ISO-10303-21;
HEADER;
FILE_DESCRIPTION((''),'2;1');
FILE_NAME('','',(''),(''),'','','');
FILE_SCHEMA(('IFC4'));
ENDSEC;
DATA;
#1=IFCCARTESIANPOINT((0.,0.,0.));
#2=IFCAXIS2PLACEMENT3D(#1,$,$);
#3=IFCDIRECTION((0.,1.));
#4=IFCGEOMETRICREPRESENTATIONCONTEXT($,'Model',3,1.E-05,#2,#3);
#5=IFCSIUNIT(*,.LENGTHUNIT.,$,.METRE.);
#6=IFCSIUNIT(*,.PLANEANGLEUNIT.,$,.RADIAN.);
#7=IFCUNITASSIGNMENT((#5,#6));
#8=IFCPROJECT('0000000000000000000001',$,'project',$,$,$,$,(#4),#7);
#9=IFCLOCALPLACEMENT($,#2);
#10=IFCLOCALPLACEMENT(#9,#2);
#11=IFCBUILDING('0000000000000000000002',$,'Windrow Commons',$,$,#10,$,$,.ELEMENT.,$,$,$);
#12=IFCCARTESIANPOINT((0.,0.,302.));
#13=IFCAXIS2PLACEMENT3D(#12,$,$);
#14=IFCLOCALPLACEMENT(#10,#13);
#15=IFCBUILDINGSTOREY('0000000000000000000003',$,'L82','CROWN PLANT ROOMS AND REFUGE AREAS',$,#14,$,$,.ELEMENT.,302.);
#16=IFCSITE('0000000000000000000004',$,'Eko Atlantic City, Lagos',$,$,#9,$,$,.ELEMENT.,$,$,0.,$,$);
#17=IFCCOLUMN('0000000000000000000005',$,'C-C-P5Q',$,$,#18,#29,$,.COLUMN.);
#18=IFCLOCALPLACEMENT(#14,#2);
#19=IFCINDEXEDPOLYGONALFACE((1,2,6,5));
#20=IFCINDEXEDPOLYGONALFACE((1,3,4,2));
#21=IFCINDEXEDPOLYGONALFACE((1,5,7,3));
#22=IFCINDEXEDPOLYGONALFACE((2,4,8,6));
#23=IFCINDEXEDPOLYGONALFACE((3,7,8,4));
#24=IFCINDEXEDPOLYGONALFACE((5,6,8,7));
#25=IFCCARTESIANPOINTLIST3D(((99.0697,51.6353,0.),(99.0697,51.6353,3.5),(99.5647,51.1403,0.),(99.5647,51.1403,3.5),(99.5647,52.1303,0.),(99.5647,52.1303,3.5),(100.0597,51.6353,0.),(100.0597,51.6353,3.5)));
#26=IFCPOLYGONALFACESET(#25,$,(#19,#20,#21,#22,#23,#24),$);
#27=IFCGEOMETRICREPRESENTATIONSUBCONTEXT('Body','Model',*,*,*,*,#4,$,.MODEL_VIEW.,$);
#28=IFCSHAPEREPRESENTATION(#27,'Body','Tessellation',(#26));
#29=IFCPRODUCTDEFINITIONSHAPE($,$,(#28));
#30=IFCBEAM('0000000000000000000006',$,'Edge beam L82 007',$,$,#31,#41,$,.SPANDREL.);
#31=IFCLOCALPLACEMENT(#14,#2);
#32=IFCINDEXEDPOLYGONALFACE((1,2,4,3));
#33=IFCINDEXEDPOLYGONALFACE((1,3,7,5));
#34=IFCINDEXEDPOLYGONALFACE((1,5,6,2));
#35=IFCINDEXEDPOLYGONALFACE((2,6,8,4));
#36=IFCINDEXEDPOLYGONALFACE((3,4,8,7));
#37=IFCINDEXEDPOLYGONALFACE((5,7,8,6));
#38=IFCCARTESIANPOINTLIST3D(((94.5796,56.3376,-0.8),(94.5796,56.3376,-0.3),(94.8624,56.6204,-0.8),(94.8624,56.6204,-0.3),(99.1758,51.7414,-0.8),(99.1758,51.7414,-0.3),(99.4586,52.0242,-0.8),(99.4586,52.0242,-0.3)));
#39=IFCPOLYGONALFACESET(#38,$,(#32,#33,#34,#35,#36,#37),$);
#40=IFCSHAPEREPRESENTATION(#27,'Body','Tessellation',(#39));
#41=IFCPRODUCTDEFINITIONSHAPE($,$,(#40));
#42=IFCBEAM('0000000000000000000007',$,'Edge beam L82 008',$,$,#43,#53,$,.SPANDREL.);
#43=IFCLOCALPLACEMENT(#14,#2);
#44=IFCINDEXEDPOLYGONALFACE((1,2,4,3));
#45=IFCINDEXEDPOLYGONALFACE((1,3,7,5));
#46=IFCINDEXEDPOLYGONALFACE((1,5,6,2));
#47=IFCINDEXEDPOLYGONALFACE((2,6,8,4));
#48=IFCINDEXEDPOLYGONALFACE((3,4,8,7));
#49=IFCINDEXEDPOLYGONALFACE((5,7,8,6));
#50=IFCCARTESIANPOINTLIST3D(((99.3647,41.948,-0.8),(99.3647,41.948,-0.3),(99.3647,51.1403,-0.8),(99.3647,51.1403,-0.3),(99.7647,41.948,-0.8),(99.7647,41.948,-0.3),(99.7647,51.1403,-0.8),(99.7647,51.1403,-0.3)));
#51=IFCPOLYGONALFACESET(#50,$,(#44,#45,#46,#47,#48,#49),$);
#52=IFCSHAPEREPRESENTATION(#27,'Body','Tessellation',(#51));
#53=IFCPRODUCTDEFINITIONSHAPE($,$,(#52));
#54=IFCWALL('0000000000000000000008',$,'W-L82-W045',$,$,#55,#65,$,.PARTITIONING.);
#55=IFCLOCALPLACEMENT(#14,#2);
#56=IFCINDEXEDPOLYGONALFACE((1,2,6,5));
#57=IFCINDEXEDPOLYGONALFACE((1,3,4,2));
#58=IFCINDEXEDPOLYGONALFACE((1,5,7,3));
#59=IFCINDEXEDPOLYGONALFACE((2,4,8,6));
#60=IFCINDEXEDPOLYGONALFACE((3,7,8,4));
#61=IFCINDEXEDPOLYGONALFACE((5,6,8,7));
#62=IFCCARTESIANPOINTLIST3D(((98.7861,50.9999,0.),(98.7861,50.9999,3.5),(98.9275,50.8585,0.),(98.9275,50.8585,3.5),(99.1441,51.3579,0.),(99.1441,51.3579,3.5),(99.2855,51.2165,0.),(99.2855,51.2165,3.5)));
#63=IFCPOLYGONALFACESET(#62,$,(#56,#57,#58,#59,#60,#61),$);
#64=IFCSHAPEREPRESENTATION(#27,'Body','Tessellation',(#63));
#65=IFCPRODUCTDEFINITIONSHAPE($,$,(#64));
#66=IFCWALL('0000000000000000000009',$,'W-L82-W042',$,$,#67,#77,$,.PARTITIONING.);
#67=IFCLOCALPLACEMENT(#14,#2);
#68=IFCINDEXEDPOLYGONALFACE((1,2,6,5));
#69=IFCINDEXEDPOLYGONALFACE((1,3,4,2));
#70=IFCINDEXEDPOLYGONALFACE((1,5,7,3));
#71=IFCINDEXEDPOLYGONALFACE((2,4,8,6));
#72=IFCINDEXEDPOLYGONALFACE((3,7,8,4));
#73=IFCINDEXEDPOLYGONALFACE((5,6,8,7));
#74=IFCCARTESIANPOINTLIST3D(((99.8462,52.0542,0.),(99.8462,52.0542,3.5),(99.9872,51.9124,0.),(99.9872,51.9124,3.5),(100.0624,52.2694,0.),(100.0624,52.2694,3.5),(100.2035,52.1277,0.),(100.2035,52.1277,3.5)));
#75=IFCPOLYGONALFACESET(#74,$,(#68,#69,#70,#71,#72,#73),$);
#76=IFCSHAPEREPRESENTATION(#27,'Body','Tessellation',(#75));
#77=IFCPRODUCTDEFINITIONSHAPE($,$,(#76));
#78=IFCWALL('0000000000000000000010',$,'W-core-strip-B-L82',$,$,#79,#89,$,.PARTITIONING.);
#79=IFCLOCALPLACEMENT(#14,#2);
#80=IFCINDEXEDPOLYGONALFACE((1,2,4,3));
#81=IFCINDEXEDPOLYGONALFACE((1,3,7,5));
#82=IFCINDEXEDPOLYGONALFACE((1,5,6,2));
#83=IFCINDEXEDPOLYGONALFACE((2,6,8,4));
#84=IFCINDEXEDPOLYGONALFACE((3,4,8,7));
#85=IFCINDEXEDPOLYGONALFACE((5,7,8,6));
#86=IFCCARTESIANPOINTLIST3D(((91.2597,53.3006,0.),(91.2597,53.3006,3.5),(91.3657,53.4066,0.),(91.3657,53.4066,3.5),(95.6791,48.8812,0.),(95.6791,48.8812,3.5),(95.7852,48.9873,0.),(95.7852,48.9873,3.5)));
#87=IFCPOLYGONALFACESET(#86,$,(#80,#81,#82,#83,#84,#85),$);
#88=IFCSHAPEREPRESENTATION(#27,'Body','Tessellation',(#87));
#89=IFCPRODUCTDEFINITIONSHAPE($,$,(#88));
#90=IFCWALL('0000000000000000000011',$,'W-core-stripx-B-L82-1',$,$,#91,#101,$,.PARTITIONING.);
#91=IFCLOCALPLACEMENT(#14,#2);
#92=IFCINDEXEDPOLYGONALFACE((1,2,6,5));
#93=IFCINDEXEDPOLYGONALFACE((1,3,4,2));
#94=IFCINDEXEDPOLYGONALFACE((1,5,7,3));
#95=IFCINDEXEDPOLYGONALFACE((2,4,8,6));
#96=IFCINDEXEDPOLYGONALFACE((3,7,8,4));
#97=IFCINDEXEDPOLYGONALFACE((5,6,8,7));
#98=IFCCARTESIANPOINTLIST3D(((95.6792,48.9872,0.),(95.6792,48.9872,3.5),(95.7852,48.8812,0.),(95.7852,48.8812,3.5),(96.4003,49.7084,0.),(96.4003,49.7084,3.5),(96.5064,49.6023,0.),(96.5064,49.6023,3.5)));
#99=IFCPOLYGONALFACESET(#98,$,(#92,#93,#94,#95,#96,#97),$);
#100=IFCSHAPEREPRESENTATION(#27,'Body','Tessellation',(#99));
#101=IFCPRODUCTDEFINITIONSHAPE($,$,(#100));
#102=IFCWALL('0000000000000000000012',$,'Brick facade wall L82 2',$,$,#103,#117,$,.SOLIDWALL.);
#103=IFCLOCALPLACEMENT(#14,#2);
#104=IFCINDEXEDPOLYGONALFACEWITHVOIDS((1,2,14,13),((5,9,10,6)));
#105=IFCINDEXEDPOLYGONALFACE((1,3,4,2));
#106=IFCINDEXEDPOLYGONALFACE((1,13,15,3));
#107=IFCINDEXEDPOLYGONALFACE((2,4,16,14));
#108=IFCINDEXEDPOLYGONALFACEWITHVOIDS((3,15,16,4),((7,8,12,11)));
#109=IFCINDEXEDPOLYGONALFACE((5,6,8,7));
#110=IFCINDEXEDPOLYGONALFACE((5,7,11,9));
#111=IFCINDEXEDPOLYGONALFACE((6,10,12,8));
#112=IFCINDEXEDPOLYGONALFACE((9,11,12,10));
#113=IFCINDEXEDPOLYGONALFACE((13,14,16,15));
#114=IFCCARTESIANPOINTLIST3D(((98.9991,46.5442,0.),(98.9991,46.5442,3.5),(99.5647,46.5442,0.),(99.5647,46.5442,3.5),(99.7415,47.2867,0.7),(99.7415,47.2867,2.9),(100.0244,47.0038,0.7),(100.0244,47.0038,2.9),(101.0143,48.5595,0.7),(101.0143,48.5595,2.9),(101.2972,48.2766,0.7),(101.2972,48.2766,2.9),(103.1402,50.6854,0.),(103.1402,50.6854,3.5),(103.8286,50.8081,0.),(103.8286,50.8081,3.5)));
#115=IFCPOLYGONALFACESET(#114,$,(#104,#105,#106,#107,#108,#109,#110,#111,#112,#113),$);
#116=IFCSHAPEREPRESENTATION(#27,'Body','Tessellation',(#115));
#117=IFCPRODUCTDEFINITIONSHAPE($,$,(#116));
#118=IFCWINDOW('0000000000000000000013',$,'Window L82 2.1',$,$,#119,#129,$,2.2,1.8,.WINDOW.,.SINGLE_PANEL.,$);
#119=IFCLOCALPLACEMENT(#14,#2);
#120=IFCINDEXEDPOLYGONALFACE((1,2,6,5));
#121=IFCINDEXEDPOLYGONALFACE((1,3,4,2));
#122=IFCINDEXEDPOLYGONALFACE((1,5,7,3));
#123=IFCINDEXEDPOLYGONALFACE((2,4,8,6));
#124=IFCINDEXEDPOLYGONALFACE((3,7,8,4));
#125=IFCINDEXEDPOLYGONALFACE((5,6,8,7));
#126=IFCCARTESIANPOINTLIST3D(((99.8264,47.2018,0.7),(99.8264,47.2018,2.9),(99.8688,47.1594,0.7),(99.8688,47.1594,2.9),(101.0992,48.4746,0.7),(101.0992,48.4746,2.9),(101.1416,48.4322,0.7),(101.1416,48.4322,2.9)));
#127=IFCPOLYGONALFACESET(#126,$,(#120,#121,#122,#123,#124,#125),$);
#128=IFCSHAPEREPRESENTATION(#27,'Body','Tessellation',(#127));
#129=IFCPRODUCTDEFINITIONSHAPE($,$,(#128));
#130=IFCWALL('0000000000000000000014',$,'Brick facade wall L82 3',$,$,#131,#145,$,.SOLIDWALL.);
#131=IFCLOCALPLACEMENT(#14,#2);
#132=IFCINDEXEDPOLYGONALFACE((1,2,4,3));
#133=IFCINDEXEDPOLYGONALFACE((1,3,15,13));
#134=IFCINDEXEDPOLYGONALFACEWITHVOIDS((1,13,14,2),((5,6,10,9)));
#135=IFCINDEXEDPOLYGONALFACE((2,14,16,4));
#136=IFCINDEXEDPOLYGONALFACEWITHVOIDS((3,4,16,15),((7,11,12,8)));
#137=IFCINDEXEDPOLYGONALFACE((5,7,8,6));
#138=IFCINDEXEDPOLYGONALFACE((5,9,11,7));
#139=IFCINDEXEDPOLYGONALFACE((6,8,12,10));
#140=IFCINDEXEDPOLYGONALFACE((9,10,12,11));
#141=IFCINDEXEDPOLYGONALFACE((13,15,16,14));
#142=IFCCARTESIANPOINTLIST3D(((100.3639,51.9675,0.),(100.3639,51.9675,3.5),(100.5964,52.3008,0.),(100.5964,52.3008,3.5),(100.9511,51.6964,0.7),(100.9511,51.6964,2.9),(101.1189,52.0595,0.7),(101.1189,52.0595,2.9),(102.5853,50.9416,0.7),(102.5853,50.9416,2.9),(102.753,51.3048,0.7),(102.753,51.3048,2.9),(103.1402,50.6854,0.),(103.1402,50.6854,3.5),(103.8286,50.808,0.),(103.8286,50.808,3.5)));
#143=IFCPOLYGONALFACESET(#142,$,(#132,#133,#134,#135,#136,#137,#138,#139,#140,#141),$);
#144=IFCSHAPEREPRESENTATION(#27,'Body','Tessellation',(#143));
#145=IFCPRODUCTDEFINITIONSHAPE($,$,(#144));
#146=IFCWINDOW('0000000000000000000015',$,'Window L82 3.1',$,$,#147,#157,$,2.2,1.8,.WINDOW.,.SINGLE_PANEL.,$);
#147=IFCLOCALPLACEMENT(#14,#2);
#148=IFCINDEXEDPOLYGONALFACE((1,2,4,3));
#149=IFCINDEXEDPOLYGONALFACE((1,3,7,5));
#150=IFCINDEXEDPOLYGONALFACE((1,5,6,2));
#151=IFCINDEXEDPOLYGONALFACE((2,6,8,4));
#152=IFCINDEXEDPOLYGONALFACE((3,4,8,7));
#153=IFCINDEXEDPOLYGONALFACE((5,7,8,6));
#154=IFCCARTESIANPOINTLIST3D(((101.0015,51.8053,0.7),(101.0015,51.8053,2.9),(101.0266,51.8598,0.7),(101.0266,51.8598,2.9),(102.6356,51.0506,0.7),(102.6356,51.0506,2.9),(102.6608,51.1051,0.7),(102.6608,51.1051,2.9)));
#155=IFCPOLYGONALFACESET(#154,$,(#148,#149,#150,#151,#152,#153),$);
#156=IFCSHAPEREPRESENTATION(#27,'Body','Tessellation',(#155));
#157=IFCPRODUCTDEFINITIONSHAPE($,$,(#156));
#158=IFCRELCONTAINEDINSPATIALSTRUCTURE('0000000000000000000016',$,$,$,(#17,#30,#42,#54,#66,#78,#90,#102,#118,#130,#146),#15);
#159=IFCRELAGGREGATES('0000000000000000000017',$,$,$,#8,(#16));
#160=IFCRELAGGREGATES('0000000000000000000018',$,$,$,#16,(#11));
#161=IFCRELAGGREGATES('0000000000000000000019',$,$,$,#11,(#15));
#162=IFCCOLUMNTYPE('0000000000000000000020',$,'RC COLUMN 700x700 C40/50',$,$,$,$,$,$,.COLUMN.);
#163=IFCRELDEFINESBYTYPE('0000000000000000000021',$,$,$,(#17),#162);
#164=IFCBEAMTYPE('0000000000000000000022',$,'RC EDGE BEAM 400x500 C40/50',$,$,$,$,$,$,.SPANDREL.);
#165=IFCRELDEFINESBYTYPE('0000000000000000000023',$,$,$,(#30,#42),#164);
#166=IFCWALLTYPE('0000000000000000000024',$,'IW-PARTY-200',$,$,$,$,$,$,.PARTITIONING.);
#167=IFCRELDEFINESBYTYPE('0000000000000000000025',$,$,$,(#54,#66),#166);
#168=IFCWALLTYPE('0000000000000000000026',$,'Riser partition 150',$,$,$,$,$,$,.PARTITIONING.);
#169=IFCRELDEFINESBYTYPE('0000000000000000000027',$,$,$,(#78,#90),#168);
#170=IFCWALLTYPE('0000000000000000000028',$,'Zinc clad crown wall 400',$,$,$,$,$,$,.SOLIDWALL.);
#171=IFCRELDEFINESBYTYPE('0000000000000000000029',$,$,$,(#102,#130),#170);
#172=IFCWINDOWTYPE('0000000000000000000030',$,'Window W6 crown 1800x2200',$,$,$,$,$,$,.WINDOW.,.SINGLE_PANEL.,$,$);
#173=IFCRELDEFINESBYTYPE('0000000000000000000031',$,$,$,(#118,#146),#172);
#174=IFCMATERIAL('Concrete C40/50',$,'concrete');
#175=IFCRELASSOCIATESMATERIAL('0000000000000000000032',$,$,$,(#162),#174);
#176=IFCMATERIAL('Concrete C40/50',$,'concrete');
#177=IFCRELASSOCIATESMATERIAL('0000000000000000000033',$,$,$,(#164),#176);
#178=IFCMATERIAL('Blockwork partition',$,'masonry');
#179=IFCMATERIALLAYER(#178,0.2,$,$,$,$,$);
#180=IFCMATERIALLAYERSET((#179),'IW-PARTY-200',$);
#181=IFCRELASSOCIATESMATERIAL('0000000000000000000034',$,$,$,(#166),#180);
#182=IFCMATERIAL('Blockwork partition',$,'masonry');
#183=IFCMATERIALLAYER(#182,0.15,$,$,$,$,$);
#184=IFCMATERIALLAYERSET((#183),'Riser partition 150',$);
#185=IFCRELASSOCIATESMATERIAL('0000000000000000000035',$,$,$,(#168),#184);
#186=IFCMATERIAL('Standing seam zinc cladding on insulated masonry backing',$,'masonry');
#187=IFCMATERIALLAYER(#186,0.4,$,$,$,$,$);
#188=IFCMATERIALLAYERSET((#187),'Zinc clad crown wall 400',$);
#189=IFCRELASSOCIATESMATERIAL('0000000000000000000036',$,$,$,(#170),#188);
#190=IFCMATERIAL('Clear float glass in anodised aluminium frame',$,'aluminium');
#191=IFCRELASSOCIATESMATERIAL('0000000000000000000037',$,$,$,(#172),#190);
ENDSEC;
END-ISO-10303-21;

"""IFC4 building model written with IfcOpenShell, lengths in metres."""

from ifc_helpers import new_model, si_unit, direction, frame, frame_2d, origin, origin_2d, place, context, subcontext, project, spatial, polyline, rectangle, outline, extrude, material, layer, layer_set, material_profile, profile_set, type_object, element, fill, save


model = new_model("IFC4")

# Units and contexts
model_context = context("Model", 3, precision=1e-05, world=origin(), true_north=direction((0.0, 1.0)))
body_context = subcontext(model_context, "Body", "Model", "MODEL_VIEW")
ifc_project = project(units=[si_unit("LENGTHUNIT", "METRE"), si_unit("PLANEANGLEUNIT", "RADIAN")], contexts=[model_context])

# Site, building, storey
site_placement = place(None, origin())
site = spatial("IfcSite", under=ifc_project, at=site_placement, Name="Eko Atlantic City, Lagos", CompositionType="ELEMENT", RefElevation=0.0)
building_placement = place(site_placement, origin())
building = spatial("IfcBuilding", under=site, at=building_placement, Name="Windrow Commons", CompositionType="ELEMENT")
storey_placement = place(building_placement, frame((0.0, 0.0, 302.0)))
storey = spatial("IfcBuildingStorey", under=building, at=storey_placement, Name="L82", Description="CROWN PLANT ROOMS AND REFUGE AREAS", CompositionType="ELEMENT", Elevation=302.0)

# Column
ifc_material_1 = material(Name="Concrete C40/50", Category="concrete")
ifc_material_profile_1 = material_profile(ifc_material_1, rectangle(XDim=0.7, YDim=0.7, at=origin_2d()))
ifc_profile_set_1 = profile_set([ifc_material_profile_1], Name="Concrete C40/50")
column_type = type_object("IfcColumnType", Name="RC COLUMN 700x700 C40/50", PredefinedType="COLUMN", material=ifc_profile_set_1)
column_placement = place(storey_placement, frame((99.5647, 51.6353, 0.0), z_axis=(0.0, 0.0, 1.0), x_axis=(0.707107, -0.707107, 0.0)))
element("IfcColumn", 1, at=column_placement, inside=storey, type_object=column_type, Name="C-C-P5Q", PredefinedType="COLUMN", context=body_context, shape_type="SweptSolid", body=[
    extrude(rectangle(XDim=0.7, YDim=0.7, at=origin_2d()), origin(), (0.0, 0.0, 1.0), 3.5),
])

# Beams
ifc_material_2 = material(Name="Concrete C40/50", Category="concrete")
ifc_material_profile_2 = material_profile(ifc_material_2, rectangle(XDim=0.4, YDim=0.5, at=origin_2d()))
ifc_profile_set_2 = profile_set([ifc_material_profile_2], Name="Concrete C40/50")
beam_type = type_object("IfcBeamType", Name="RC EDGE BEAM 400x500 C40/50", PredefinedType="SPANDREL", material=ifc_profile_set_2)
beam_1_placement = place(storey_placement, frame((94.721, 56.479, -0.55), z_axis=(0.707107, -0.707107, 0.0), x_axis=(0.707107, 0.707107, 0.0)))
element("IfcBeam", 2, at=beam_1_placement, inside=storey, type_object=beam_type, Name="Edge beam L82 007", PredefinedType="SPANDREL", context=body_context, shape_type="SweptSolid", body=[
    extrude(rectangle(XDim=0.4, YDim=0.5, at=origin_2d()), origin(), (0.0, 0.0, 1.0), 6.5),
])
beam_2_placement = place(storey_placement, frame((99.5647, 51.1403, -0.55), z_axis=(0.0, -1.0, 0.0), x_axis=(1.0, 0.0, 0.0)))
element("IfcBeam", 3, at=beam_2_placement, inside=storey, type_object=beam_type, Name="Edge beam L82 008", PredefinedType="SPANDREL", context=body_context, shape_type="SweptSolid", body=[
    extrude(rectangle(XDim=0.4, YDim=0.5, at=origin_2d()), origin(), (0.0, 0.0, 1.0), 9.1923),
])

# Walls
ifc_material_3 = material(Name="Blockwork partition", Category="masonry")
ifc_layer_1 = layer(ifc_material_3, 0.2)
ifc_layer_set_1 = layer_set([ifc_layer_1], Name="IW-PARTY-200")
wall_type_1 = type_object("IfcWallType", Name="IW-PARTY-200", PredefinedType="PARTITIONING", material=ifc_layer_set_1)
wall_1_placement = place(storey_placement, frame((98.8568, 50.9292, 0.0), z_axis=(0.0, 0.0, 1.0), x_axis=(0.707107, 0.707107, 0.0)))
element("IfcWall", 4, at=wall_1_placement, inside=storey, type_object=wall_type_1, Name="W-L82-W045", PredefinedType="PARTITIONING", context=body_context, shape_type="SweptSolid", body=[
    extrude(rectangle(XDim=0.5063, YDim=0.2, at=frame_2d((0.2531, 0.0))), origin(), (0.0, 0.0, 1.0), 3.5),
])
wall_2_placement = place(storey_placement, frame((99.9167, 51.9833, 0.0), z_axis=(0.0, 0.0, 1.0), x_axis=(0.708744, 0.705466, 0.0)))
element("IfcWall", 5, at=wall_2_placement, inside=storey, type_object=wall_type_1, Name="W-L82-W042", PredefinedType="PARTITIONING", context=body_context, shape_type="SweptSolid", body=[
    extrude(outline(polyline([(0.0, -0.1), (0.3051, -0.1), (0.3051, 0.1), (0.0, 0.1), (0.0, -0.1)])), origin(), (0.0, 0.0, 1.0), 3.5),
])
ifc_material_4 = material(Name="Blockwork partition", Category="masonry")
ifc_layer_2 = layer(ifc_material_4, 0.15)
ifc_layer_set_2 = layer_set([ifc_layer_2], Name="Riser partition 150")
wall_type_2 = type_object("IfcWallType", Name="Riser partition 150", PredefinedType="PARTITIONING", material=ifc_layer_set_2)
wall_3_placement = place(storey_placement, frame((91.3127, 53.3536, 0.0), z_axis=(0.0, 0.0, 1.0), x_axis=(0.707115, -0.707099, 0.0)))
element("IfcWall", 6, at=wall_3_placement, inside=storey, type_object=wall_type_2, Name="W-core-strip-B-L82", PredefinedType="PARTITIONING", context=body_context, shape_type="SweptSolid", body=[
    extrude(outline(polyline([(0.0, 0.0), (6.25, 0.0), (6.25, 3.5), (0.0, 3.5), (0.0, 0.0)])), frame((0.0, 0.075, 0.0), z_axis=(0.0, -1.0, 0.0), x_axis=(1.0, 0.0, 0.0)), (0.0, 0.0, 1.0), 0.15),
])
wall_4_placement = place(storey_placement, frame((95.7322, 48.9342, 0.0), z_axis=(0.0, 0.0, 1.0), x_axis=(0.707107, 0.707107, 0.0)))
element("IfcWall", 7, at=wall_4_placement, inside=storey, type_object=wall_type_2, Name="W-core-stripx-B-L82-1", PredefinedType="PARTITIONING", context=body_context, shape_type="SweptSolid", body=[
    extrude(outline(polyline([(0.0, 0.0), (1.0199, 0.0), (1.0199, 3.5), (0.0, 3.5), (0.0, 0.0)])), frame((0.0, 0.075, 0.0), z_axis=(0.0, -1.0, 0.0), x_axis=(1.0, 0.0, 0.0)), (0.0, 0.0, 1.0), 0.15),
])

# Walls, openings, windows
ifc_material_5 = material(Name="Standing seam zinc cladding on insulated masonry backing", Category="masonry")
ifc_layer_3 = layer(ifc_material_5, 0.4)
ifc_layer_set_3 = layer_set([ifc_layer_3], Name="Zinc clad crown wall 400")
wall_type_3 = type_object("IfcWallType", Name="Zinc clad crown wall 400", PredefinedType="SOLIDWALL", material=ifc_layer_set_3)
wall_5_placement = place(storey_placement, frame((99.2819, 46.5442, 0.0), z_axis=(0.0, 0.0, 1.0), x_axis=(0.707107, 0.707107, 0.0)))
wall_5 = element("IfcWall", 8, at=wall_5_placement, inside=storey, type_object=wall_type_3, Name="Brick facade wall L82 2", PredefinedType="SOLIDWALL", context=body_context, shape_type="SweptSolid", body=[
    extrude(outline(polyline([(0.2, -0.2), (6.23, -0.2), (5.6565, 0.2), (-0.2, 0.2), (0.2, -0.2)])), origin(), (0.0, 0.0, 1.0), 3.5),
])
opening_1_placement = place(wall_5_placement, frame((0.85, 0.0, 0.7)))
opening_1 = element("IfcOpeningElement", 9, at=opening_1_placement, cuts=wall_5, PredefinedType="OPENING", context=body_context, shape_type="SweptSolid", body=[
    extrude(rectangle(XDim=1.8, YDim=2.2, at=frame_2d((0.9, 1.1))), frame((0.0, 0.21, 0.0), z_axis=(0.0, -1.0, 0.0), x_axis=(1.0, 0.0, 0.0)), (0.0, 0.0, 1.0), 0.42),
])
ifc_material_6 = material(Name="Clear float glass in anodised aluminium frame", Category="aluminium")
window_type = type_object("IfcWindowType", Name="Window W6 crown 1800x2200", PartitioningType="SINGLE_PANEL", PredefinedType="WINDOW", material=ifc_material_6)
window_1_placement = place(opening_1_placement, origin())
window_1 = element("IfcWindow", 10, at=window_1_placement, inside=storey, type_object=window_type, Name="Window L82 2.1", OverallHeight=2.2, OverallWidth=1.8, PartitioningType="SINGLE_PANEL", PredefinedType="WINDOW", context=body_context, shape_type="SweptSolid", body=[
    extrude(rectangle(XDim=1.8, YDim=2.2, at=frame_2d((0.9, 1.1))), frame((0.0, 0.08, 0.0), z_axis=(0.0, -1.0, 0.0), x_axis=(1.0, 0.0, 0.0)), (0.0, 0.0, 1.0), 0.06),
])
fill(opening_1, window_1)
wall_6_placement = place(storey_placement, frame((103.4844, 50.7467, 0.0), z_axis=(0.0, 0.0, 1.0), x_axis=(-0.907856, 0.419282, 0.0)))
wall_6 = element("IfcWall", 11, at=wall_6_placement, inside=storey, type_object=wall_type_3, Name="Brick facade wall L82 3", PredefinedType="SOLIDWALL", context=body_context, shape_type="SweptSolid", body=[
    extrude(outline(polyline([(-0.2868, -0.2), (3.2735, -0.2), (3.3448, 0.2), (0.2868, 0.2), (-0.2868, -0.2)])), origin(), (0.0, 0.0, 1.0), 3.5),
])
opening_2_placement = place(wall_6_placement, frame((0.898, 0.0, 0.7)))
opening_2 = element("IfcOpeningElement", 12, at=opening_2_placement, cuts=wall_6, PredefinedType="OPENING", context=body_context, shape_type="SweptSolid", body=[
    extrude(rectangle(XDim=1.8, YDim=2.2, at=frame_2d((0.9, 1.1))), frame((0.0, 0.21, 0.0), z_axis=(0.0, -1.0, 0.0), x_axis=(1.0, 0.0, 0.0)), (0.0, 0.0, 1.0), 0.42),
])
window_2_placement = place(opening_2_placement, origin())
window_2 = element("IfcWindow", 13, at=window_2_placement, inside=storey, type_object=window_type, Name="Window L82 3.1", OverallHeight=2.2, OverallWidth=1.8, PartitioningType="SINGLE_PANEL", PredefinedType="WINDOW", context=body_context, shape_type="SweptSolid", body=[
    extrude(rectangle(XDim=1.8, YDim=2.2, at=frame_2d((0.9, 1.1))), frame((0.0, 0.08, 0.0), z_axis=(0.0, -1.0, 0.0), x_axis=(1.0, 0.0, 0.0)), (0.0, 0.0, 1.0), 0.06),
])
fill(opening_2, window_2)

save(model, "model.ifc")
